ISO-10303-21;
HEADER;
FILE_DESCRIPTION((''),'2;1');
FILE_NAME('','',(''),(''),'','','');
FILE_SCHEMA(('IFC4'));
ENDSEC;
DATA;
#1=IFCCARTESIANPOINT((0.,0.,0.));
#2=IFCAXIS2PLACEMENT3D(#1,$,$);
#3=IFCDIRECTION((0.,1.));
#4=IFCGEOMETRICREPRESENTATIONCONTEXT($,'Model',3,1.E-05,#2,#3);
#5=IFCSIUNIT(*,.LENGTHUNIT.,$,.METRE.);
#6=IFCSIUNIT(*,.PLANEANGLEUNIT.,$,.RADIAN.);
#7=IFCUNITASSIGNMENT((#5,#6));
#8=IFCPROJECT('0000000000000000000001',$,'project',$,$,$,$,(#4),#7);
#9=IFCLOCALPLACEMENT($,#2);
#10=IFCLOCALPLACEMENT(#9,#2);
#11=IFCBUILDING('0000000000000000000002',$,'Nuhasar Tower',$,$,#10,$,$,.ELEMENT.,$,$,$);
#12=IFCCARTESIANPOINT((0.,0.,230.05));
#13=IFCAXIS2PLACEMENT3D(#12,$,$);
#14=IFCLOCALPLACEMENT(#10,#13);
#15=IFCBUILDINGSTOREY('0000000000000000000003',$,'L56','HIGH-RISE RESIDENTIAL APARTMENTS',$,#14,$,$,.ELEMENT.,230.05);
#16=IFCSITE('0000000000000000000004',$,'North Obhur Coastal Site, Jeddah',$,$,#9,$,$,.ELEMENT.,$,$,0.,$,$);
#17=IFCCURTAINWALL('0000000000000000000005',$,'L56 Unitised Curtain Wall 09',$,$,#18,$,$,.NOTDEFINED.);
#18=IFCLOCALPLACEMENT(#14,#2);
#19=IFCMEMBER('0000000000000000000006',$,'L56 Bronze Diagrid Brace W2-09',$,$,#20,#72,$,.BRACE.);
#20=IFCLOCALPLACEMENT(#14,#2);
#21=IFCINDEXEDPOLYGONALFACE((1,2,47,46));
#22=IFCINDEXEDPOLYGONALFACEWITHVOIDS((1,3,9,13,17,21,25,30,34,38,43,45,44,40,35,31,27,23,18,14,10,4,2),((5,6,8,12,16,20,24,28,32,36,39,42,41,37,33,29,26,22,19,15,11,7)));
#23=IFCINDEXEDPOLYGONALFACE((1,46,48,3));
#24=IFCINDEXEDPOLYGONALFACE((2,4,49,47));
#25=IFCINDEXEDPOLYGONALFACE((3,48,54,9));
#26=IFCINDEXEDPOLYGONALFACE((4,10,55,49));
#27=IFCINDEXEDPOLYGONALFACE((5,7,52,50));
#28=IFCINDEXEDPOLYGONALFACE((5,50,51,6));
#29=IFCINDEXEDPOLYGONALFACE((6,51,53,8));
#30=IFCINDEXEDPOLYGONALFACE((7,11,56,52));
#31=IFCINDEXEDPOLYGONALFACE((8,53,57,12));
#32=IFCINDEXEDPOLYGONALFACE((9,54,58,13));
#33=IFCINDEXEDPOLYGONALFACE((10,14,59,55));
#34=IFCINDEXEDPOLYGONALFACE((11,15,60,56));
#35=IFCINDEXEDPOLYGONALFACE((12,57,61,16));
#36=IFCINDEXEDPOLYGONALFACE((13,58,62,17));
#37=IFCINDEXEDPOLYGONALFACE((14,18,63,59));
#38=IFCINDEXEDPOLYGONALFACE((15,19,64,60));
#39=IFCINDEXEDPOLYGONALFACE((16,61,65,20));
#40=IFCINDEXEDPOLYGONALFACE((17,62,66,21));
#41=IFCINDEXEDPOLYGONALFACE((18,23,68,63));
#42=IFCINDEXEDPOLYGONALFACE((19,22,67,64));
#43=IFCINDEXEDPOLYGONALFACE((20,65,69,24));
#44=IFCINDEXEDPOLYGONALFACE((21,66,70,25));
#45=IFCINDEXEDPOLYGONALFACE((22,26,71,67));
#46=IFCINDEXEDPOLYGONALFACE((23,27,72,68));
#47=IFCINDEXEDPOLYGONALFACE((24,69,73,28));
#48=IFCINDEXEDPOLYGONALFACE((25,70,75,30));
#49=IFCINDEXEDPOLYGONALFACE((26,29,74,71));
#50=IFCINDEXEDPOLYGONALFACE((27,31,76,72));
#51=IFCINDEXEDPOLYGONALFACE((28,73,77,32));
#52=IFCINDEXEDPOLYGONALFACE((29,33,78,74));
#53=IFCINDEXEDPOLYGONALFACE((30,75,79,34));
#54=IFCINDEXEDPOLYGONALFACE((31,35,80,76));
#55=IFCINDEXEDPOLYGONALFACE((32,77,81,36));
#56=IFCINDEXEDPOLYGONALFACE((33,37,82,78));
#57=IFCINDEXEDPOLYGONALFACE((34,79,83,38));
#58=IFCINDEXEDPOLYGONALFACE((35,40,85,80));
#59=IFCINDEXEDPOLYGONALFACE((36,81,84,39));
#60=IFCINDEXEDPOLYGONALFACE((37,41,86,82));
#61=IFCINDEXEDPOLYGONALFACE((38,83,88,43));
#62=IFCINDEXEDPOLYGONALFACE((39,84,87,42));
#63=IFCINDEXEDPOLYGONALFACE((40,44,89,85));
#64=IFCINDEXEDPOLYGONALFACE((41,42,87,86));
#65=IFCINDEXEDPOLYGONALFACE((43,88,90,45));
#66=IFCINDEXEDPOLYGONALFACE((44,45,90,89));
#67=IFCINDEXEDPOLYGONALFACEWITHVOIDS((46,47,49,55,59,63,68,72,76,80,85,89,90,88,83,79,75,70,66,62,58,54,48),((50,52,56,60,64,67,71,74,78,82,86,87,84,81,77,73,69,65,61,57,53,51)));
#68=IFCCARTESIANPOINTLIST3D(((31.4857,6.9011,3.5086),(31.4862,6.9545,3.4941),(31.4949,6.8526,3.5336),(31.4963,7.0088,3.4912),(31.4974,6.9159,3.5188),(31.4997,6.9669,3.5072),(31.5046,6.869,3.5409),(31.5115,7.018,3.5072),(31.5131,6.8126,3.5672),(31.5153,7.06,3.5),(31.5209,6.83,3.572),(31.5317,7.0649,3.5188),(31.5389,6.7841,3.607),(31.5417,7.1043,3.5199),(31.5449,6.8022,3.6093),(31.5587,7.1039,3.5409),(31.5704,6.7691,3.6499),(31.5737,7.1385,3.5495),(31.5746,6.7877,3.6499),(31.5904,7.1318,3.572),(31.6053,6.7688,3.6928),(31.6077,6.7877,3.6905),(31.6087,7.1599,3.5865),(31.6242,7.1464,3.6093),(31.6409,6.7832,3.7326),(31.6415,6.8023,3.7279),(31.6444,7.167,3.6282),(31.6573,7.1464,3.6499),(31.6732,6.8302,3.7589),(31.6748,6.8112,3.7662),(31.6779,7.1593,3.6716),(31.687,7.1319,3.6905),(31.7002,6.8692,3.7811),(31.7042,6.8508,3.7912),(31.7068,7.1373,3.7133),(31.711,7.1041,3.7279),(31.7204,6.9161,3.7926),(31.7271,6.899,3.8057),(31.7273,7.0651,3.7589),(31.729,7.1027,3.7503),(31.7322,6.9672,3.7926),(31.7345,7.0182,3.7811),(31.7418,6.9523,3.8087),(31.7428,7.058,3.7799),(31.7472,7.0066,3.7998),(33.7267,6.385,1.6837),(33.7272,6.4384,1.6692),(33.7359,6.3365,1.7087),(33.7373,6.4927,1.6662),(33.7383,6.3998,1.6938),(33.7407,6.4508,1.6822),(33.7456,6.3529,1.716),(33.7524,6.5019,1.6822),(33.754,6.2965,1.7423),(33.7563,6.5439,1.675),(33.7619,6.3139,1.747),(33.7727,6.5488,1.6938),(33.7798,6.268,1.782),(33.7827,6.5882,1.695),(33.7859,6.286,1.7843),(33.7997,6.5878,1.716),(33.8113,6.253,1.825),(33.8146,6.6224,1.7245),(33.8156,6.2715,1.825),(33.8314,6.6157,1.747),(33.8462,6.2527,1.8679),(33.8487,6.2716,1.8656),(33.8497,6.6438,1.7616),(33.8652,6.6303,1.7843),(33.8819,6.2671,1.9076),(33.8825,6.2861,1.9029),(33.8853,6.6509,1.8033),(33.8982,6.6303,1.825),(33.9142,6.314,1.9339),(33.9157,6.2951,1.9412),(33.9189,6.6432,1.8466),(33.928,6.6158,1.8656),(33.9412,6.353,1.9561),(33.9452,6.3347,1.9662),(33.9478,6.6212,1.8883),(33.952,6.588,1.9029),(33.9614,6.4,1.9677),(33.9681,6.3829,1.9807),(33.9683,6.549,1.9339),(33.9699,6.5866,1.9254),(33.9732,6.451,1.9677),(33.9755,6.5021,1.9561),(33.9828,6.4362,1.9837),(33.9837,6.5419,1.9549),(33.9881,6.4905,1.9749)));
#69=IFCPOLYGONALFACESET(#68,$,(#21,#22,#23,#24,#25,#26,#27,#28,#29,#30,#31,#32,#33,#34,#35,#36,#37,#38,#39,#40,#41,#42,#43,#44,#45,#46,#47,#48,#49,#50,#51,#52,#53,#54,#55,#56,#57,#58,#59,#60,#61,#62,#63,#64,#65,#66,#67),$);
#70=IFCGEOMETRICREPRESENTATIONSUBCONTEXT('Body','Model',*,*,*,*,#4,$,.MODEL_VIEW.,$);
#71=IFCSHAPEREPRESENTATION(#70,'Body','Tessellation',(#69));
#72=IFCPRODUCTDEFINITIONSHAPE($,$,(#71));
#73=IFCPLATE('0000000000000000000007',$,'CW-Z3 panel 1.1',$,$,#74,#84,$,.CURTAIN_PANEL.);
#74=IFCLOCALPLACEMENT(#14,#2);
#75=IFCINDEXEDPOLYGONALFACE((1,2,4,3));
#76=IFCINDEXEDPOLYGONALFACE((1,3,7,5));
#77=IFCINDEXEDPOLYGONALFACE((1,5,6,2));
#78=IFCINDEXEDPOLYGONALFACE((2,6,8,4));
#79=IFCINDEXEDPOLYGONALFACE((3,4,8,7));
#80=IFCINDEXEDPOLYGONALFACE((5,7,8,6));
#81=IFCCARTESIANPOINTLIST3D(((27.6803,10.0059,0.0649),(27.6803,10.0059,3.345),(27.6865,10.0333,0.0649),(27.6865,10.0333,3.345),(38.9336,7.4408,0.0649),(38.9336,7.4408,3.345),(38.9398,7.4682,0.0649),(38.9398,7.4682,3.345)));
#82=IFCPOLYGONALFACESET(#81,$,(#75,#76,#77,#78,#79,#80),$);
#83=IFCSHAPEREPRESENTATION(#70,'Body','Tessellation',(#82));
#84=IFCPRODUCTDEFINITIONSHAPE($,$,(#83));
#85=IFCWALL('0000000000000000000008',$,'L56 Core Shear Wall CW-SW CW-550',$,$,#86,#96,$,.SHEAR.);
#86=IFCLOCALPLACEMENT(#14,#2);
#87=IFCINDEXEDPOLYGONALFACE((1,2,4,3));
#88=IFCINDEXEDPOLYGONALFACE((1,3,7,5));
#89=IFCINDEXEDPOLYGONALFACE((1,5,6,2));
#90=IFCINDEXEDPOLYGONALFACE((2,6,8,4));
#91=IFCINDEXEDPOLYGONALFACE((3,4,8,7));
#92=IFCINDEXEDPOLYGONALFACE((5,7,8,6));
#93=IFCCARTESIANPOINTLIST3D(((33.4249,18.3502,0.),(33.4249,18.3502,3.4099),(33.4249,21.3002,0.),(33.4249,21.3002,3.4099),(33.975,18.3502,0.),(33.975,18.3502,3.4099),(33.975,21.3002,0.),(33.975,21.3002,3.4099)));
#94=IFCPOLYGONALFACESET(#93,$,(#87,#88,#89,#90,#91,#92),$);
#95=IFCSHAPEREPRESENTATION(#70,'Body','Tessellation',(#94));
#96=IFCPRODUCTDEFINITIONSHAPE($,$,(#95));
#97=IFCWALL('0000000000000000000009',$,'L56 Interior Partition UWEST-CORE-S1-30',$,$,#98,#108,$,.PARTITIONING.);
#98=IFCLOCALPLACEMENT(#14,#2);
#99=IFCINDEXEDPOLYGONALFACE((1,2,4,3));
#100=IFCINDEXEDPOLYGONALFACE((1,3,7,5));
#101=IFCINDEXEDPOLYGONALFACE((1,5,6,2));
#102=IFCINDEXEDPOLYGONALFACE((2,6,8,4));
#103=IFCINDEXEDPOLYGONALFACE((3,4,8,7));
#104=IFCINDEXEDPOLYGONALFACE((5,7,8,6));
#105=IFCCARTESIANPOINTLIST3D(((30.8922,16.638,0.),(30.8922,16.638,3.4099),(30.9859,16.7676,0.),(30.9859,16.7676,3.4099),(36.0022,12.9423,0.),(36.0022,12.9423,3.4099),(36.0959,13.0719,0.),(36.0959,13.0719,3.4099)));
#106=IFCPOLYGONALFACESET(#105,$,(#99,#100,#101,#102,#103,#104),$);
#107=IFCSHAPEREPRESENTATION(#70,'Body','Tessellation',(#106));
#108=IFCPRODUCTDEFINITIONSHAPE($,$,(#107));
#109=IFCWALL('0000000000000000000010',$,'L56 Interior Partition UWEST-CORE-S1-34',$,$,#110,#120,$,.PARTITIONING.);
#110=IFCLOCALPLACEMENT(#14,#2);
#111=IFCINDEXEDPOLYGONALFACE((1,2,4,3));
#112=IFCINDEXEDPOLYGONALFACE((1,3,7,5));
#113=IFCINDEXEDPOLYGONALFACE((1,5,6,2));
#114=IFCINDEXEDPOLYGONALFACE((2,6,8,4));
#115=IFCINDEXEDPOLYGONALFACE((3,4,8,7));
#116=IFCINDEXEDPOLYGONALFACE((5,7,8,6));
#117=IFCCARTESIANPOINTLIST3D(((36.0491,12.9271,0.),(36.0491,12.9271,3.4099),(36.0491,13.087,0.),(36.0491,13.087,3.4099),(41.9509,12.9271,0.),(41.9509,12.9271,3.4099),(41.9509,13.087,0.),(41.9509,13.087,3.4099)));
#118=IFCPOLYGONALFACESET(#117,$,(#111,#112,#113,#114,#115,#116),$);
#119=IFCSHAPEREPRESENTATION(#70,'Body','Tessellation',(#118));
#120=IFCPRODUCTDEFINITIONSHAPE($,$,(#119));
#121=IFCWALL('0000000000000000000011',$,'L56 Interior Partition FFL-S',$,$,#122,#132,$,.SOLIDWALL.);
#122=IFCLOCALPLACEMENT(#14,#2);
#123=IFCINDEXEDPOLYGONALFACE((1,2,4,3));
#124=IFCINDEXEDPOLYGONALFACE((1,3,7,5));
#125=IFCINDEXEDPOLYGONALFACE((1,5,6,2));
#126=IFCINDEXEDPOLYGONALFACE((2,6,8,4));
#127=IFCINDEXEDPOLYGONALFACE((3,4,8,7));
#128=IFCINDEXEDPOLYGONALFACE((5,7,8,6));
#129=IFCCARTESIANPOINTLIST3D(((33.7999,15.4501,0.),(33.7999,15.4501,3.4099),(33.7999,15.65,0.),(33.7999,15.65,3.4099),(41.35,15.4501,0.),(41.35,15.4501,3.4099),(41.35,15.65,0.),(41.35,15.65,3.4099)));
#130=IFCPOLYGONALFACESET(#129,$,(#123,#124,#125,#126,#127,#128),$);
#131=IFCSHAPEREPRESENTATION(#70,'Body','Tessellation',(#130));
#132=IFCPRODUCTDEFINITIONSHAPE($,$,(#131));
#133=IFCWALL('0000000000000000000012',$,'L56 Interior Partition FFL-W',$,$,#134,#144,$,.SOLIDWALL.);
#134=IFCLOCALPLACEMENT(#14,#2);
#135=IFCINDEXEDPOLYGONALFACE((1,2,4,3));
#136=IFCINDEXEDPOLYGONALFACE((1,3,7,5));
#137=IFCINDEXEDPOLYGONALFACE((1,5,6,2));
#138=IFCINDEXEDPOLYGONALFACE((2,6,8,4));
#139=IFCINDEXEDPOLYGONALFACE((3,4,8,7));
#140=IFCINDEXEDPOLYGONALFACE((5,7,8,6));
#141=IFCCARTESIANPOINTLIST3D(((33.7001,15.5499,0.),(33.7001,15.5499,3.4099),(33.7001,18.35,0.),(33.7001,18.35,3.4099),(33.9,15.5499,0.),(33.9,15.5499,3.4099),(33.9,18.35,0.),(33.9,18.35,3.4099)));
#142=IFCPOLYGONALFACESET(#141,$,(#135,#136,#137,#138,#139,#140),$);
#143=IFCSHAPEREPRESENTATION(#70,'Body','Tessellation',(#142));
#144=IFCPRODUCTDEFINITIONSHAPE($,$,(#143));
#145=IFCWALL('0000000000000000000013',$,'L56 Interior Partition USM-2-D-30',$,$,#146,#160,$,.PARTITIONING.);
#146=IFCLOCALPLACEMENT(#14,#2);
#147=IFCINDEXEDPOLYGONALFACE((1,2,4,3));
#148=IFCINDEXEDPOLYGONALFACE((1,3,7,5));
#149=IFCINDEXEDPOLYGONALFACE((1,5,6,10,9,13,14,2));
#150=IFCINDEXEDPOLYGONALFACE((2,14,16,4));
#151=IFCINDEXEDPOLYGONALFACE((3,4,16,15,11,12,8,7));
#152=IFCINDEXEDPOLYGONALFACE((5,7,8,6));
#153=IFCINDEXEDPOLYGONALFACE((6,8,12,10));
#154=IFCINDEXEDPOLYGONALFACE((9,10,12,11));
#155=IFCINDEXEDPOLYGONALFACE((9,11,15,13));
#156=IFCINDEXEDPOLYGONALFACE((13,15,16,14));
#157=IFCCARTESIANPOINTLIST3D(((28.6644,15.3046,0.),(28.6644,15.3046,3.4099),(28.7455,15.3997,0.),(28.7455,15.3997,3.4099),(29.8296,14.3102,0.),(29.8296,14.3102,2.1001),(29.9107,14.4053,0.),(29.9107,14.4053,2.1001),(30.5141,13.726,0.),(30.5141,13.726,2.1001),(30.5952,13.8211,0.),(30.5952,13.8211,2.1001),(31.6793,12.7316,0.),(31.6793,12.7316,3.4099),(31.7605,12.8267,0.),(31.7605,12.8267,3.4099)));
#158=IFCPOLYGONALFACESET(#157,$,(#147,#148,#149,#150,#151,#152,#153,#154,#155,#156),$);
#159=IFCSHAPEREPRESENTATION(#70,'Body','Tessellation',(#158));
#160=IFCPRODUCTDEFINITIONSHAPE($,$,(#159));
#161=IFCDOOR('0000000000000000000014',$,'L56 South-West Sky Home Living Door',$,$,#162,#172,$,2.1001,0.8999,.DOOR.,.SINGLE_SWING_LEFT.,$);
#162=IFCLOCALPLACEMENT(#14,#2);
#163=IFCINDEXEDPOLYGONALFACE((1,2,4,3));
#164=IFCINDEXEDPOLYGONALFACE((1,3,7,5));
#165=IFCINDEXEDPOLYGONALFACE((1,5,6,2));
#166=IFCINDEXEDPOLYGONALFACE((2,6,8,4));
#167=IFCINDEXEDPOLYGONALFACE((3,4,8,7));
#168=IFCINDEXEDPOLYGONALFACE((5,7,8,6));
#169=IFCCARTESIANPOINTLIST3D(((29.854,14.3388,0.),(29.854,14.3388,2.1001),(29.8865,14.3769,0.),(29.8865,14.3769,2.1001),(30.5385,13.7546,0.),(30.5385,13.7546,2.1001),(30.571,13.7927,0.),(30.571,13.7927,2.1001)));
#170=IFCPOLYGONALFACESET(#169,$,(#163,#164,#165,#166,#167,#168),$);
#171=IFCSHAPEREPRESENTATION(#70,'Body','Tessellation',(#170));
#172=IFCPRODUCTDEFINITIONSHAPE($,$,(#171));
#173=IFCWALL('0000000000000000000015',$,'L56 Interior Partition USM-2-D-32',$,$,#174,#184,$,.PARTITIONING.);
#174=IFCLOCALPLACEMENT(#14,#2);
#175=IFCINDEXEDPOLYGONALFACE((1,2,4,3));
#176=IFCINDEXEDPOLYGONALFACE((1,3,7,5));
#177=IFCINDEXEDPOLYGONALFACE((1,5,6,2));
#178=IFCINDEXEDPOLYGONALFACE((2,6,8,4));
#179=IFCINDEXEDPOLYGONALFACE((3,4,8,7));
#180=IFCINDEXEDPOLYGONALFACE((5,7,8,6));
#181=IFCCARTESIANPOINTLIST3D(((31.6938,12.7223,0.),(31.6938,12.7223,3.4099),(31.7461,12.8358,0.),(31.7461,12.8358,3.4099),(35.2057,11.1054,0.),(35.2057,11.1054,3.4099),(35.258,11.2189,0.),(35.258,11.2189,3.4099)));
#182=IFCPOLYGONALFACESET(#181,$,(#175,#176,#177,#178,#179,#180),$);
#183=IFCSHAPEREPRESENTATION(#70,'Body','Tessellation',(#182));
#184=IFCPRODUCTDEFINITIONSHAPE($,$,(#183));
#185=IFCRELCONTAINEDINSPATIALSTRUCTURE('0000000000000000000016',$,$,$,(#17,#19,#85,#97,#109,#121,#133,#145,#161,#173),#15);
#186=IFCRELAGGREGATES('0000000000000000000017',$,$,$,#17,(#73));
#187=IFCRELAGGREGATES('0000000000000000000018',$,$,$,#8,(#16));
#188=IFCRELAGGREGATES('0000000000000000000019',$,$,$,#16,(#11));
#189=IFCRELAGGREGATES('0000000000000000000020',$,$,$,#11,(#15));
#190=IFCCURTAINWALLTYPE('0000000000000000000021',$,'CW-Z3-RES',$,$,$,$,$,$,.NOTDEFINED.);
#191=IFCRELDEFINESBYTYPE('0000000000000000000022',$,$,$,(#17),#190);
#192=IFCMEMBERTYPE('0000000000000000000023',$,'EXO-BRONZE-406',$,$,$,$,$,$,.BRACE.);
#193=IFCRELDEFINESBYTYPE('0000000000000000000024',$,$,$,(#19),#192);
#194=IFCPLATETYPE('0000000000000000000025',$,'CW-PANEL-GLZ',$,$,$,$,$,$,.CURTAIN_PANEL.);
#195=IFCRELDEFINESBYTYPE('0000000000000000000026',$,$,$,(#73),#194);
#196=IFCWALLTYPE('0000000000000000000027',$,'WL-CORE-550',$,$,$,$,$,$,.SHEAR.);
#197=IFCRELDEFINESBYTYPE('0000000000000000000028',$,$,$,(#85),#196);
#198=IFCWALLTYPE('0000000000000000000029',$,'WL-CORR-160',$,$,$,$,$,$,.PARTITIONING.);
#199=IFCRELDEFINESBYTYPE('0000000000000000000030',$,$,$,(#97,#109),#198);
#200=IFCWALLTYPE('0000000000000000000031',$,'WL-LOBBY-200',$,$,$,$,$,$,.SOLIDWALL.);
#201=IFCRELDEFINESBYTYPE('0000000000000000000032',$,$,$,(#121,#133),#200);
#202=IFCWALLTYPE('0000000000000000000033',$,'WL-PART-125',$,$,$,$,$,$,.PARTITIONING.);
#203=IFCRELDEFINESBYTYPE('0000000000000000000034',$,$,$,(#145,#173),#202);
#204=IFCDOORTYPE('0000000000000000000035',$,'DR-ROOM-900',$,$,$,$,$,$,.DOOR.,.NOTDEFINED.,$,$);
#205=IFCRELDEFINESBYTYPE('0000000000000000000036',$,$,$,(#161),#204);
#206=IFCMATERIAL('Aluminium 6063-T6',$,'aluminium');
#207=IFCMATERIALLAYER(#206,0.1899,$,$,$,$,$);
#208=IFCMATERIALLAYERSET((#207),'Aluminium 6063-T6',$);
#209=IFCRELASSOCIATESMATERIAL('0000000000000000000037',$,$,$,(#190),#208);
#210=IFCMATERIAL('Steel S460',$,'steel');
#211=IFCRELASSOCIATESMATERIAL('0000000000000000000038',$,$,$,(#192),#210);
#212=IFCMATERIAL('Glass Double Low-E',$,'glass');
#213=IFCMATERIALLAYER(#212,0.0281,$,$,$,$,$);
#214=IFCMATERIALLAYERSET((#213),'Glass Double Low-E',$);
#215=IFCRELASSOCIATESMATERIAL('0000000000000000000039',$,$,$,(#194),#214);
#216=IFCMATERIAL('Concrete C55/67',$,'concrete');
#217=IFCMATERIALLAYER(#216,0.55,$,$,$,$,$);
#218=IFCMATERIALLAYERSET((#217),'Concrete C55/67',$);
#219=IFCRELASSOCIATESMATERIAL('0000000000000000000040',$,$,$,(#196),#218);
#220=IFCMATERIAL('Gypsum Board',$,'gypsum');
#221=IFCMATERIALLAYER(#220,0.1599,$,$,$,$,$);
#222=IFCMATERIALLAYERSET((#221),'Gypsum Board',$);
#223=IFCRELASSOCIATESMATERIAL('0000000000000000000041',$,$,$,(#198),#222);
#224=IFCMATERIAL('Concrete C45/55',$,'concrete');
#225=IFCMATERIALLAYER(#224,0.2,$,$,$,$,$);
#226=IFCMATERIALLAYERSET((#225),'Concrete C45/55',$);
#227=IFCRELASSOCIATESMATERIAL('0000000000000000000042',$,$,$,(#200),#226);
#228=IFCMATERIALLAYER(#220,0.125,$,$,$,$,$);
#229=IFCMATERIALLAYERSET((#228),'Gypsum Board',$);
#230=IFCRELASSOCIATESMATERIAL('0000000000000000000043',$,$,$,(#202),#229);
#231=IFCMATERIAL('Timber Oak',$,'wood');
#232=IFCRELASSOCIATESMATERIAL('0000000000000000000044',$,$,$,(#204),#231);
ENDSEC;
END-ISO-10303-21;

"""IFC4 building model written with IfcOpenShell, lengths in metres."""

from ifc_helpers import new_model, si_unit, direction, frame, frame_2d, origin, origin_2d, place, context, subcontext, project, spatial, rectangle, hollow_circle, extrude, material, layer, layer_set, material_profile, profile_set, type_object, element, fill, aggregate, save


model = new_model("IFC4")

# Units and contexts
model_context = context("Model", 3, precision=1e-05, world=origin(), true_north=direction((0.0, 1.0)))
body_context = subcontext(model_context, "Body", "Model", "MODEL_VIEW")
ifc_project = project(units=[si_unit("LENGTHUNIT", "METRE"), si_unit("PLANEANGLEUNIT", "RADIAN")], contexts=[model_context])

# Site, building, storey
site_placement = place(None, origin())
site = spatial("IfcSite", under=ifc_project, at=site_placement, Name="North Obhur Coastal Site, Jeddah", CompositionType="ELEMENT", RefElevation=0.0)
building_placement = place(site_placement, origin())
building = spatial("IfcBuilding", under=site, at=building_placement, Name="Nuhasar Tower", CompositionType="ELEMENT")
storey_placement = place(building_placement, frame((0.0, 0.0, 230.05)))
storey = spatial("IfcBuildingStorey", under=building, at=storey_placement, Name="L56", Description="HIGH-RISE RESIDENTIAL APARTMENTS", CompositionType="ELEMENT", Elevation=230.05)

# Shared definitions
ifc_material_1 = material(Name="Concrete C55/67", Category="concrete")

# Curtain wall
ifc_material_2 = material(Name="Aluminium 6063-T6", Category="aluminium")
ifc_layer_1 = layer(ifc_material_2, 0.1899)
ifc_layer_set_1 = layer_set([ifc_layer_1], Name="Aluminium 6063-T6")
curtain_wall_type = type_object("IfcCurtainWallType", Name="CW-Z3-RES", PredefinedType="NOTDEFINED", material=ifc_layer_set_1)
curtain_wall_placement = place(storey_placement, origin())
curtain_wall = element("IfcCurtainWall", 1, at=curtain_wall_placement, inside=storey, type_object=curtain_wall_type, Name="L56 Unitised Curtain Wall 09", PredefinedType="NOTDEFINED")

# Member
ifc_material_3 = material(Name="Steel S460", Category="steel")
ifc_material_profile_1 = material_profile(ifc_material_3, hollow_circle(Radius=0.2031, WallThickness=0.019, at=origin_2d()), Name="HSS406.4X19.1")
ifc_profile_set_1 = profile_set([ifc_material_profile_1], Name="Steel S460")
member_type_1 = type_object("IfcMemberType", Name="EXO-BRONZE-406", PredefinedType="BRACE", material=ifc_profile_set_1)
for number, where, z_axis, x_axis, name in (
    (2, (33.8569, 6.4509, 1.825), (-0.763332, 0.175802, 0.621626), (-0.224433, -0.97449, 0.0), "L56 Bronze Diagrid Brace W2-09"),
):
    element("IfcMember", number, at=place(storey_placement, frame(where, z_axis=z_axis, x_axis=x_axis)), inside=storey, type_object=member_type_1, Name=name, PredefinedType="BRACE", context=body_context, shape_type="SweptSolid", body=[
        extrude(hollow_circle(Radius=0.2031, WallThickness=0.019, at=origin_2d()), origin(), (0.0, 0.0, 1.0), 2.9358),
    ])

# Plate
ifc_material_4 = material(Name="Glass Double Low-E", Category="glass")
ifc_layer_2 = layer(ifc_material_4, 0.0281)
ifc_layer_set_2 = layer_set([ifc_layer_2], Name="Glass Double Low-E")
plate_type = type_object("IfcPlateType", Name="CW-PANEL-GLZ", PredefinedType="CURTAIN_PANEL", material=ifc_layer_set_2)
plate_placement = place(storey_placement, frame((33.3101, 8.7371, 0.0649), z_axis=(0.0, 0.0, 1.0), x_axis=(0.974991, -0.222243, 0.0)))
plate = element("IfcPlate", 3, at=plate_placement, type_object=plate_type, Name="CW-Z3 panel 1.1", PredefinedType="CURTAIN_PANEL", context=body_context, shape_type="SweptSolid", body=[
    extrude(rectangle(XDim=11.542, YDim=0.0281, at=origin_2d()), origin(), (0.0, 0.0, 1.0), 3.28),
])
aggregate(curtain_wall, [plate])

# Walls
ifc_layer_3 = layer(ifc_material_1, 0.55)
ifc_layer_set_3 = layer_set([ifc_layer_3], Name="Concrete C55/67")
wall_type_1 = type_object("IfcWallType", Name="WL-CORE-550", PredefinedType="SHEAR", material=ifc_layer_set_3)
wall_1_placement = place(storey_placement, frame((33.7, 18.3501, 0.0), z_axis=(0.0, 0.0, 1.0), x_axis=(0.0, 1.0, 0.0)))
element("IfcWall", 4, at=wall_1_placement, inside=storey, type_object=wall_type_1, Name="L56 Core Shear Wall CW-SW CW-550", PredefinedType="SHEAR", context=body_context, shape_type="SweptSolid", body=[
    extrude(rectangle(XDim=2.95, YDim=0.55, at=frame_2d((1.4751, 0.0))), origin(), (0.0, 0.0, 1.0), 3.4099),
])
ifc_material_5 = material(Name="Gypsum Board", Category="gypsum")
ifc_layer_4 = layer(ifc_material_5, 0.1599)
ifc_layer_set_4 = layer_set([ifc_layer_4], Name="Gypsum Board")
wall_type_2 = type_object("IfcWallType", Name="WL-CORR-160", PredefinedType="PARTITIONING", material=ifc_layer_set_4)
wall_2_placement = place(storey_placement, frame((30.939, 16.7029, 0.0), z_axis=(0.0, 0.0, 1.0), x_axis=(0.81029, -0.586029, 0.0)))
element("IfcWall", 5, at=wall_2_placement, inside=storey, type_object=wall_type_2, Name="L56 Interior Partition UWEST-CORE-S1-30", PredefinedType="PARTITIONING", context=body_context, shape_type="SweptSolid", body=[
    extrude(rectangle(XDim=6.3064, YDim=0.1599, at=frame_2d((3.1533, 0.0))), origin(), (0.0, 0.0, 1.0), 3.4099),
])
wall_3_placement = place(storey_placement, frame((36.0491, 13.0071, 0.0), z_axis=(0.0, 0.0, 1.0), x_axis=(1.0, 0.0, 0.0)))
element("IfcWall", 6, at=wall_3_placement, inside=storey, type_object=wall_type_2, Name="L56 Interior Partition UWEST-CORE-S1-34", PredefinedType="PARTITIONING", context=body_context, shape_type="SweptSolid", body=[
    extrude(rectangle(XDim=5.9019, YDim=0.1599, at=frame_2d((2.9509, 0.0))), origin(), (0.0, 0.0, 1.0), 3.4099),
])
ifc_material_6 = material(Name="Concrete C45/55", Category="concrete")
ifc_layer_5 = layer(ifc_material_6, 0.2)
ifc_layer_set_5 = layer_set([ifc_layer_5], Name="Concrete C45/55")
wall_type_3 = type_object("IfcWallType", Name="WL-LOBBY-200", PredefinedType="SOLIDWALL", material=ifc_layer_set_5)
wall_4_placement = place(storey_placement, frame((33.8, 15.55, 0.0), z_axis=(0.0, 0.0, 1.0), x_axis=(1.0, 0.0, 0.0)))
element("IfcWall", 7, at=wall_4_placement, inside=storey, type_object=wall_type_3, Name="L56 Interior Partition FFL-S", PredefinedType="SOLIDWALL", context=body_context, shape_type="SweptSolid", body=[
    extrude(rectangle(XDim=7.55, YDim=0.2, at=frame_2d((3.7749, 0.0))), origin(), (0.0, 0.0, 1.0), 3.4099),
])
wall_5_placement = place(storey_placement, frame((33.8, 15.55, 0.0), z_axis=(0.0, 0.0, 1.0), x_axis=(0.0, 1.0, 0.0)))
element("IfcWall", 8, at=wall_5_placement, inside=storey, type_object=wall_type_3, Name="L56 Interior Partition FFL-W", PredefinedType="SOLIDWALL", context=body_context, shape_type="SweptSolid", body=[
    extrude(rectangle(XDim=2.8, YDim=0.2, at=frame_2d((1.3999, 0.0))), origin(), (0.0, 0.0, 1.0), 3.4099),
])

# Wall, opening, door
ifc_layer_6 = layer(ifc_material_5, 0.125)
ifc_layer_set_6 = layer_set([ifc_layer_6], Name="Gypsum Board")
wall_type_4 = type_object("IfcWallType", Name="WL-PART-125", PredefinedType="PARTITIONING", material=ifc_layer_set_6)
wall_6_placement = place(storey_placement, frame((31.72, 12.7791, 0.0), z_axis=(0.0, 0.0, 1.0), x_axis=(-0.760651, 0.649162, 0.0)))
wall_6 = element("IfcWall", 9, at=wall_6_placement, inside=storey, type_object=wall_type_4, Name="L56 Interior Partition USM-2-D-30", PredefinedType="PARTITIONING", context=body_context, shape_type="SweptSolid", body=[
    extrude(rectangle(XDim=3.9636, YDim=0.125, at=frame_2d((1.9819, 0.0))), origin(), (0.0, 0.0, 1.0), 3.4099),
])
opening_1_placement = place(wall_6_placement, frame((1.532, 0.0, 0.0)))
opening_1 = element("IfcOpeningElement", 10, at=opening_1_placement, cuts=wall_6, PredefinedType="OPENING", context=body_context, shape_type="SweptSolid", body=[
    extrude(rectangle(XDim=0.8999, YDim=2.1001, at=frame_2d((0.45, 1.05))), frame((0.0, 0.0725, 0.0), z_axis=(0.0, -1.0, 0.0), x_axis=(1.0, 0.0, 0.0)), (0.0, 0.0, 1.0), 0.145),
])
ifc_material_7 = material(Name="Timber Oak", Category="wood")
door_type_1 = type_object("IfcDoorType", Name="DR-ROOM-900", OperationType="NOTDEFINED", PredefinedType="DOOR", material=ifc_material_7)
door_1_placement = place(opening_1_placement, origin())
door_1 = element("IfcDoor", 11, at=door_1_placement, inside=storey, type_object=door_type_1, Name="L56 South-West Sky Home Living Door", OperationType="SINGLE_SWING_LEFT", OverallHeight=2.1001, OverallWidth=0.8999, PredefinedType="DOOR", context=body_context, shape_type="SweptSolid", body=[
    extrude(rectangle(XDim=0.8999, YDim=2.1001, at=frame_2d((0.45, 1.05))), frame((0.0, 0.0249, 0.0), z_axis=(0.0, -1.0, 0.0), x_axis=(1.0, 0.0, 0.0)), (0.0, 0.0, 1.0), 0.05),
])
fill(opening_1, door_1)

# Wall
wall_7_placement = place(storey_placement, frame((31.72, 12.7791, 0.0), z_axis=(0.0, 0.0, 1.0), x_axis=(0.908349, -0.418213, 0.0)))
element("IfcWall", 12, at=wall_7_placement, inside=storey, type_object=wall_type_4, Name="L56 Interior Partition USM-2-D-32", PredefinedType="PARTITIONING", context=body_context, shape_type="SweptSolid", body=[
    extrude(rectangle(XDim=3.8662, YDim=0.125, at=frame_2d((1.9331, 0.0))), origin(), (0.0, 0.0, 1.0), 3.4099),
])

save(model, "model.ifc")
